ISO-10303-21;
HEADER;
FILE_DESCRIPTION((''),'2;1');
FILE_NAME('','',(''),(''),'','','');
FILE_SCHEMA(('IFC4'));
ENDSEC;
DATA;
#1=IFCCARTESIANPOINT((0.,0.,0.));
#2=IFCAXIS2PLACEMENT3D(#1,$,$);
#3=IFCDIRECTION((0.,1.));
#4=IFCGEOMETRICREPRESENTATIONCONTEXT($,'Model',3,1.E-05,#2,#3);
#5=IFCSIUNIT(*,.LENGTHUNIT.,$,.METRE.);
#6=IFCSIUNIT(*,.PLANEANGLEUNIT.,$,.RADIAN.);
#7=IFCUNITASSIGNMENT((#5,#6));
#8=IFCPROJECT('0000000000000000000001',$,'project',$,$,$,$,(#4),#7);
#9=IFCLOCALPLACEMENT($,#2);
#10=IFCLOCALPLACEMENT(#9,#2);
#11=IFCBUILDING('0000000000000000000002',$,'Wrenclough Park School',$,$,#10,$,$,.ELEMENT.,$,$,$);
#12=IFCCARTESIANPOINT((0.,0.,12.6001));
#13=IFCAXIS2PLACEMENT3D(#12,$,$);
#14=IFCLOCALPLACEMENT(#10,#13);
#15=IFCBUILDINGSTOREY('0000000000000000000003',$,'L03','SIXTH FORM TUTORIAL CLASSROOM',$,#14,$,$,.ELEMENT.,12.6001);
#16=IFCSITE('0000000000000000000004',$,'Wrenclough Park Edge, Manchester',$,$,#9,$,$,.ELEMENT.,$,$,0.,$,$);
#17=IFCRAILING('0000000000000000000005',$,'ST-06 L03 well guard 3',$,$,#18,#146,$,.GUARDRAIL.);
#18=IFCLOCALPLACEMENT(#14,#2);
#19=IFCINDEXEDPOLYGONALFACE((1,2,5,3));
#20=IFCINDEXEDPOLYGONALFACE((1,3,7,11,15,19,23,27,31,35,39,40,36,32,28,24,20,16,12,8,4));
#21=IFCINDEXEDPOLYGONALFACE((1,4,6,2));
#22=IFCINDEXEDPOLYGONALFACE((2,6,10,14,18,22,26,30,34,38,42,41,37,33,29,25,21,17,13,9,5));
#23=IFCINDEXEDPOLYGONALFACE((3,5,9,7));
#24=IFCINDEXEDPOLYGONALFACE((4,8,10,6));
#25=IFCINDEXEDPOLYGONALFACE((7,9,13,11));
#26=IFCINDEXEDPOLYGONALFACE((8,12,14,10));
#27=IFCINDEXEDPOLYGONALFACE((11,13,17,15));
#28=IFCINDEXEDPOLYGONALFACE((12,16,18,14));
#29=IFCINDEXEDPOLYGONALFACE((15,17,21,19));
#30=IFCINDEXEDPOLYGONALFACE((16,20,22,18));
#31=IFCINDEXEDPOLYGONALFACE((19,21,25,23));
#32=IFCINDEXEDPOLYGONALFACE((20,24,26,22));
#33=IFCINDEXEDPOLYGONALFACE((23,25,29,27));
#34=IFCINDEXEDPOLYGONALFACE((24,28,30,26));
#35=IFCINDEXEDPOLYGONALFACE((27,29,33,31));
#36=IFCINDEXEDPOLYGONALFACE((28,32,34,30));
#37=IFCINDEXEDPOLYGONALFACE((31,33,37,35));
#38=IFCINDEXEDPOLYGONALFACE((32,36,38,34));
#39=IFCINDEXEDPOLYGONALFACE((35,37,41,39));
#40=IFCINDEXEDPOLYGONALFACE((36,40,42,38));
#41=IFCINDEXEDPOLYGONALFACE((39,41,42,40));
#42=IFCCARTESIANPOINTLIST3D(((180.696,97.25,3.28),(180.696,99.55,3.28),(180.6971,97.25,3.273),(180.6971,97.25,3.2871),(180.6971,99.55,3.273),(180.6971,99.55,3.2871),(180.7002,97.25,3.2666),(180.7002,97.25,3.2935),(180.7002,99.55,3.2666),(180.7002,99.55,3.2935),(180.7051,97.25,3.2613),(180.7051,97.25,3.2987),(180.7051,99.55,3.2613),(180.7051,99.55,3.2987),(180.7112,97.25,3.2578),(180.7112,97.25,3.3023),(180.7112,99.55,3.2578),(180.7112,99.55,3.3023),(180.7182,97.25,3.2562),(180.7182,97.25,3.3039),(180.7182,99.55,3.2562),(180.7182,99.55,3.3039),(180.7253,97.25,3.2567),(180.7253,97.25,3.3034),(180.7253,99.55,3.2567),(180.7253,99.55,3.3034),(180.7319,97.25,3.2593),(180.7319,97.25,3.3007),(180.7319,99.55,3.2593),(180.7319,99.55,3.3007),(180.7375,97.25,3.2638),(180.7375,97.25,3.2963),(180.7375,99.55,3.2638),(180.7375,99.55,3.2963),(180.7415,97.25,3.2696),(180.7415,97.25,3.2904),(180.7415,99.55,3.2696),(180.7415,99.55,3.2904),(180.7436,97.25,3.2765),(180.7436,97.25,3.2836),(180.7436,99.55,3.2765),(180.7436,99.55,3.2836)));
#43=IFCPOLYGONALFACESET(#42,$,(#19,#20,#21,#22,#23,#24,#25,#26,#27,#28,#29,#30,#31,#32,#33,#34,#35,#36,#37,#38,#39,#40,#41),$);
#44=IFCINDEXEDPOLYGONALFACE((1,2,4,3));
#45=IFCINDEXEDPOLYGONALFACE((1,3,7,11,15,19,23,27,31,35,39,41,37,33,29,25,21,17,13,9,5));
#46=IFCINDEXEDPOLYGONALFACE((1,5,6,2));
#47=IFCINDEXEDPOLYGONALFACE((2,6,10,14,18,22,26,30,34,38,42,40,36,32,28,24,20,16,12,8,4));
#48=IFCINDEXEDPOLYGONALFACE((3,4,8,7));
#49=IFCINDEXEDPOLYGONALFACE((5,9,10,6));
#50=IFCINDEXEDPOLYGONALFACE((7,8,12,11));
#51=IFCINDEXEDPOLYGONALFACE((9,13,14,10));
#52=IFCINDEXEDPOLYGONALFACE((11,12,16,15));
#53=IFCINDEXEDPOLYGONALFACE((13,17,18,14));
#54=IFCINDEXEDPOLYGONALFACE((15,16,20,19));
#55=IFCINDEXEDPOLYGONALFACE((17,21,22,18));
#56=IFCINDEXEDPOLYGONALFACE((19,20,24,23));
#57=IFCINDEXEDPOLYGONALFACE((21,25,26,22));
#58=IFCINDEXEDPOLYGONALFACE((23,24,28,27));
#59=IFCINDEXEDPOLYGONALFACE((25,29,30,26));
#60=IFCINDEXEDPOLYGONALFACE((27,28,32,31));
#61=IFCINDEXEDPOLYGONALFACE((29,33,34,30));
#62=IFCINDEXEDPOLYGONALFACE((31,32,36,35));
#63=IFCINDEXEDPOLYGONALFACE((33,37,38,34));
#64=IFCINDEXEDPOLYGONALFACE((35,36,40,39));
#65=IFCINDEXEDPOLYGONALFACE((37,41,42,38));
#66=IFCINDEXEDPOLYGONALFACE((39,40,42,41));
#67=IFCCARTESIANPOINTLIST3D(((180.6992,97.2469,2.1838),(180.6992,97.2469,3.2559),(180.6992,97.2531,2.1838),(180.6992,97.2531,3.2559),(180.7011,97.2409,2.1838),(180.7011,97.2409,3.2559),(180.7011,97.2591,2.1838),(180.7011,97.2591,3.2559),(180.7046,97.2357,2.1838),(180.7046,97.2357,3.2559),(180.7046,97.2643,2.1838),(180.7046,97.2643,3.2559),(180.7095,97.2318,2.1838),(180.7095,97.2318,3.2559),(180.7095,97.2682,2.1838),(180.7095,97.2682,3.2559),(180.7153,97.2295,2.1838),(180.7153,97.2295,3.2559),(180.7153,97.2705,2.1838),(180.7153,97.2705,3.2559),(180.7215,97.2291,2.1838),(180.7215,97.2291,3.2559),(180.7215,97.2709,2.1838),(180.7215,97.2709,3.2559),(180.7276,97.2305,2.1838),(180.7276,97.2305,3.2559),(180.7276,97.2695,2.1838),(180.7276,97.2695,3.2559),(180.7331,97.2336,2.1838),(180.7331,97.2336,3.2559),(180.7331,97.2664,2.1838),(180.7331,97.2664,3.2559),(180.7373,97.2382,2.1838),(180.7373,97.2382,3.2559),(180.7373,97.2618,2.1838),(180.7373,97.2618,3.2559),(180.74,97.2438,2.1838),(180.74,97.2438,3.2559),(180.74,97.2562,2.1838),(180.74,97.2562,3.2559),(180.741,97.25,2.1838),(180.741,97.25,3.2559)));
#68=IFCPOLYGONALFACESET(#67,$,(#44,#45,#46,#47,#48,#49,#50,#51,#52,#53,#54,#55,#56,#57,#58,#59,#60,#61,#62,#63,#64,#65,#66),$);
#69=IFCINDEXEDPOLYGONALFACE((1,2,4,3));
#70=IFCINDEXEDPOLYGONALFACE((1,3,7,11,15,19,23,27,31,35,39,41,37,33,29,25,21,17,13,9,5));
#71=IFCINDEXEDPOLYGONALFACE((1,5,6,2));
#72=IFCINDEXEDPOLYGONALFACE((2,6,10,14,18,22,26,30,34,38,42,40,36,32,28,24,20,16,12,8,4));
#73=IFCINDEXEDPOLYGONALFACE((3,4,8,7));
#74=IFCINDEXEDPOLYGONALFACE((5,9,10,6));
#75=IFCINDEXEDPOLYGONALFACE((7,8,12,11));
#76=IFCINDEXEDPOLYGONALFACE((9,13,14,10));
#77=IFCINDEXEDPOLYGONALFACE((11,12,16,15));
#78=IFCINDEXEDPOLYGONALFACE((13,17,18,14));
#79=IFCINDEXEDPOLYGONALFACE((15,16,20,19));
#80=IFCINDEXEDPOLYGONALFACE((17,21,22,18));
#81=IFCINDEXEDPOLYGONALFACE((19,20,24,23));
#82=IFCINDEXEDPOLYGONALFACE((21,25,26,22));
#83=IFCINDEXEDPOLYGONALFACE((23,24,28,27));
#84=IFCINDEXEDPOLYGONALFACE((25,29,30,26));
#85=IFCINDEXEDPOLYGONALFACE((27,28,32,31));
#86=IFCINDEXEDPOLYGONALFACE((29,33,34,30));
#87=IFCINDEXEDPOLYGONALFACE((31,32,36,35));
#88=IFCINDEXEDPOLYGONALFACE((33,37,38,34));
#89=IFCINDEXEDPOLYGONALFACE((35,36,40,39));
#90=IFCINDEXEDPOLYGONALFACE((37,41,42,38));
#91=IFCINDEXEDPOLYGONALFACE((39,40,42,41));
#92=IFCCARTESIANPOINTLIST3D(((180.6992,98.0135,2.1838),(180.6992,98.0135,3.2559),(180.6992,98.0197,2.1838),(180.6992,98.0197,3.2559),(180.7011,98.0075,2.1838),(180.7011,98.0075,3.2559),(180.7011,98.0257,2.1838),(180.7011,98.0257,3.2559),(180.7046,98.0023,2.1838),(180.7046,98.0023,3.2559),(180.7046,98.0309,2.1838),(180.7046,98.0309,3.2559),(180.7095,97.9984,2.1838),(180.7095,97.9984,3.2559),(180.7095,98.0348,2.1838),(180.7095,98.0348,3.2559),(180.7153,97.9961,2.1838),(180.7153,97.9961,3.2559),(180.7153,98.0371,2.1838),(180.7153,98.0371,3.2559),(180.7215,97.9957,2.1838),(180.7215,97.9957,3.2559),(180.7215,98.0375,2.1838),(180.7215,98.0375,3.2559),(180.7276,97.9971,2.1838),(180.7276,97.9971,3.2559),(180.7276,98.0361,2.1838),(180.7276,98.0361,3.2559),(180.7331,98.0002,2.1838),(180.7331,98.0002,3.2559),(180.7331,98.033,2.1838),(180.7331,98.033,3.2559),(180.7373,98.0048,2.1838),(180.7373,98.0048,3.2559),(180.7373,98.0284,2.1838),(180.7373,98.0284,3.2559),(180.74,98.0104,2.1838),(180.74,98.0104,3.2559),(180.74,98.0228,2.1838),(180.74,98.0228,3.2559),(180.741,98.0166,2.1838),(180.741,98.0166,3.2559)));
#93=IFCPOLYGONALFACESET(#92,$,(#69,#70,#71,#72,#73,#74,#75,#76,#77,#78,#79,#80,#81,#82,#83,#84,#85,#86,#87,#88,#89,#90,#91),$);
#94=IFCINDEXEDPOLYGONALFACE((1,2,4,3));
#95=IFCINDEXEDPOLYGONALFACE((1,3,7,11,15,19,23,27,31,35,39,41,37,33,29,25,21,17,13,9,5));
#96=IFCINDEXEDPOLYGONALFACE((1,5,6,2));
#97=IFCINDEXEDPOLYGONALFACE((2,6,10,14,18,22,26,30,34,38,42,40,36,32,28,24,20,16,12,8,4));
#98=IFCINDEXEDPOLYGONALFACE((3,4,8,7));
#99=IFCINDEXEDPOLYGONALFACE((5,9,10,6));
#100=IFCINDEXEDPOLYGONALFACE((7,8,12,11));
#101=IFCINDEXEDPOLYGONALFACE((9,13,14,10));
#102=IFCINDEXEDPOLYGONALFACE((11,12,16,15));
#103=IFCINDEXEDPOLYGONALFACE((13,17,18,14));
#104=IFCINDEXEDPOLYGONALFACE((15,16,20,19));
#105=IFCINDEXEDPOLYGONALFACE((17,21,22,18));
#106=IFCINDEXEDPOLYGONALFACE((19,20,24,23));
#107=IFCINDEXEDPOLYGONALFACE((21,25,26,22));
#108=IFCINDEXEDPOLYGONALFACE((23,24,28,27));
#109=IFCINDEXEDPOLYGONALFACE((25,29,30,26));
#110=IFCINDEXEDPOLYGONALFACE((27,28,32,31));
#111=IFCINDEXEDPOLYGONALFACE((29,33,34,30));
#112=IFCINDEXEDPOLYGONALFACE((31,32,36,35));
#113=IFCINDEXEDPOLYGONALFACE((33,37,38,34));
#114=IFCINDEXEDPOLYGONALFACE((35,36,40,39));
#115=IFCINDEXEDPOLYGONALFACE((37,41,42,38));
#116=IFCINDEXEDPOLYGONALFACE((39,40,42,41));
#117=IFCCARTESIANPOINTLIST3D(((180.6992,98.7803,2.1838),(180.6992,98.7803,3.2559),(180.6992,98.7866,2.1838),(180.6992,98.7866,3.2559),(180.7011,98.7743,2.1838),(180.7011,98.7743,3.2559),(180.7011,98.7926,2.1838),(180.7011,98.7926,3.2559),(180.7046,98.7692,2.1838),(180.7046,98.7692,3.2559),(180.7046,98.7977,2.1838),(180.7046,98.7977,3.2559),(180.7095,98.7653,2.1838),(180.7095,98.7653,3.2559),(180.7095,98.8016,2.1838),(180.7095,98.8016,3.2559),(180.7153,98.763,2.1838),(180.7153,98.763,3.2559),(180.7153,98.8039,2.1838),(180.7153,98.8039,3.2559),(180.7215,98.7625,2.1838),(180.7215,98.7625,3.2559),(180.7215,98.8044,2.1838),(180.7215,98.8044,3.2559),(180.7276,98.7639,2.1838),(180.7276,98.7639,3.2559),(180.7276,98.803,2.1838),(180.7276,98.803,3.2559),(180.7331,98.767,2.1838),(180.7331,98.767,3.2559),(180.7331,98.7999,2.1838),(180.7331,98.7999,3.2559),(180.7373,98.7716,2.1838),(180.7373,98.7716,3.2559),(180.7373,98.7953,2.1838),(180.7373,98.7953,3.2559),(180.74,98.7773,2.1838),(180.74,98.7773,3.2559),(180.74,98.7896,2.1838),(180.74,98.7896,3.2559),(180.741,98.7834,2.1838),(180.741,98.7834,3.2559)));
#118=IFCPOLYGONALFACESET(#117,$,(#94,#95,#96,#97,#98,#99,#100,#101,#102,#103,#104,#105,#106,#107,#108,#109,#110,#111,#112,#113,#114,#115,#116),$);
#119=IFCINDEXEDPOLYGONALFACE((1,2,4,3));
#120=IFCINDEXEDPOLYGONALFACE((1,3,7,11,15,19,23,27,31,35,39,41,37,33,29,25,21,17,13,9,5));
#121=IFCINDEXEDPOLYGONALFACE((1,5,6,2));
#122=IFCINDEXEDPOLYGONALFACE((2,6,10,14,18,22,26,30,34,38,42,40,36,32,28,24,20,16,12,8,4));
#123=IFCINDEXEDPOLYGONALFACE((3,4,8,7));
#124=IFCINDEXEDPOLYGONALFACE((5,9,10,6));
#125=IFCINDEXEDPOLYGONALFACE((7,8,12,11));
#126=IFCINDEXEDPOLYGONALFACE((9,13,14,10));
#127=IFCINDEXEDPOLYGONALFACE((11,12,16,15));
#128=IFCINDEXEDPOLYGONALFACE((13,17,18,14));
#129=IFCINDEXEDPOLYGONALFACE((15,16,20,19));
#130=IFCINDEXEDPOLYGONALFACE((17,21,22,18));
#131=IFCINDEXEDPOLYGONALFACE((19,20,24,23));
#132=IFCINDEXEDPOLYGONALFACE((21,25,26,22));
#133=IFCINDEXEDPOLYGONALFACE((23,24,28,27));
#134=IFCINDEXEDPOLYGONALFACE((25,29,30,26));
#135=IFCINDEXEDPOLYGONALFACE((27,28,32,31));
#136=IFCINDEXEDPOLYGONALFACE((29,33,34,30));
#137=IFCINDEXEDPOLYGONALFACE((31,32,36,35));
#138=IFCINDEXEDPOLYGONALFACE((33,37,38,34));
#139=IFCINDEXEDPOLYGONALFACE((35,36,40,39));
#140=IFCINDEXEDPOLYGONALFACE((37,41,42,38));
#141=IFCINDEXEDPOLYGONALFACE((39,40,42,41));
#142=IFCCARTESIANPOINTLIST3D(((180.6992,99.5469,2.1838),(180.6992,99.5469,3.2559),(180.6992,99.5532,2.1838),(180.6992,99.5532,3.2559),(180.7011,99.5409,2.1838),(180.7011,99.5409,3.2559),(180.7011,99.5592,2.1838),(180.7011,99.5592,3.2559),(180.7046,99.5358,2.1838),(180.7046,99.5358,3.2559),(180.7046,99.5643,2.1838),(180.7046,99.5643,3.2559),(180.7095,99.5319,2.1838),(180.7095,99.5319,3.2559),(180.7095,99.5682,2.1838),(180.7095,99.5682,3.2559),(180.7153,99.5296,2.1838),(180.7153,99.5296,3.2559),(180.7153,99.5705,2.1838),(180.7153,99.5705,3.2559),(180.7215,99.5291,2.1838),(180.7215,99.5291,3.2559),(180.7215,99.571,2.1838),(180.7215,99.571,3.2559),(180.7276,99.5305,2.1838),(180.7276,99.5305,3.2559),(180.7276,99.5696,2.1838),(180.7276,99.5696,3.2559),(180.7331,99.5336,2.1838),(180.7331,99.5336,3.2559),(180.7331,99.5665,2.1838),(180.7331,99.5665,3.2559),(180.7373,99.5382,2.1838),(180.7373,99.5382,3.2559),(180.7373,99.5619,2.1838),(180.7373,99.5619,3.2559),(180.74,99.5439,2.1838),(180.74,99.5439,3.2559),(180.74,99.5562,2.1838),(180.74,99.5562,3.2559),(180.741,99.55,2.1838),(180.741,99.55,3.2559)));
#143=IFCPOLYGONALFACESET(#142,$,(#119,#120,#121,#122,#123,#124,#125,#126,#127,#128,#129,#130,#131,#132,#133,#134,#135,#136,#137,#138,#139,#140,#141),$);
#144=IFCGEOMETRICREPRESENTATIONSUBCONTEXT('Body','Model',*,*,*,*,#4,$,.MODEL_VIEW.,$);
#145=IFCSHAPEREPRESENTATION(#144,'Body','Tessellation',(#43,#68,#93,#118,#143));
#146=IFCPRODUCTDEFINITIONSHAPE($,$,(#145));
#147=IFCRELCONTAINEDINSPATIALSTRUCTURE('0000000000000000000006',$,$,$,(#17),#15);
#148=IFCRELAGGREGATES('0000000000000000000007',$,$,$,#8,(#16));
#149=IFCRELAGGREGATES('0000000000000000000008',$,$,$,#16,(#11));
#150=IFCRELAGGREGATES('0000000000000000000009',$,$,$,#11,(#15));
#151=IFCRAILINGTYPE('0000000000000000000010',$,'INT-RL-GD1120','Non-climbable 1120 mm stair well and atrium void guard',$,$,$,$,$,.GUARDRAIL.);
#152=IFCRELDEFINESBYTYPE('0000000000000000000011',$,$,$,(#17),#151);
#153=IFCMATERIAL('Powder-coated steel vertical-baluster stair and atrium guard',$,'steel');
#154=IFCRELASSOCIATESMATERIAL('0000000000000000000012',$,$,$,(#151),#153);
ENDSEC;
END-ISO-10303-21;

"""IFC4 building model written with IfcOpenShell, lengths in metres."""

from ifc_helpers import new_model, si_unit, direction, frame, origin, origin_2d, place, context, subcontext, project, spatial, circle, extrude, material, type_object, element, save


model = new_model("IFC4")

# Units and contexts
model_context = context("Model", 3, precision=1e-05, world=origin(), true_north=direction((0.0, 1.0)))
body_context = subcontext(model_context, "Body", "Model", "MODEL_VIEW")
ifc_project = project(units=[si_unit("LENGTHUNIT", "METRE"), si_unit("PLANEANGLEUNIT", "RADIAN")], contexts=[model_context])

# Site, building, storey
site_placement = place(None, origin())
site = spatial("IfcSite", under=ifc_project, at=site_placement, Name="Wrenclough Park Edge, Manchester", CompositionType="ELEMENT", RefElevation=0.0)
building_placement = place(site_placement, origin())
building = spatial("IfcBuilding", under=site, at=building_placement, Name="Wrenclough Park School", CompositionType="ELEMENT")
storey_placement = place(building_placement, frame((0.0, 0.0, 12.6001)))
storey = spatial("IfcBuildingStorey", under=building, at=storey_placement, Name="L03", Description="SIXTH FORM TUTORIAL CLASSROOM", CompositionType="ELEMENT", Elevation=12.6001)

# Railing
ifc_material_1 = material(Name="Powder-coated steel vertical-baluster stair and atrium guard", Category="steel")
railing_type = type_object("IfcRailingType", Name="INT-RL-GD1120", Description="Non-climbable 1120 mm stair well and atrium void guard", PredefinedType="GUARDRAIL", material=ifc_material_1)
railing_1_placement = place(storey_placement, frame((180.72, 97.25, 2.1838)))
element("IfcRailing", 1, at=railing_1_placement, inside=storey, type_object=railing_type, Name="ST-06 L03 well guard 3", PredefinedType="GUARDRAIL", context=body_context, shape_type="SweptSolid", body=[
    extrude(circle(Radius=0.0239, at=origin_2d()), frame((0.0, 0.0, 1.0962), z_axis=(0.0, 1.0, 0.0), x_axis=(-1.0, 0.0, 0.0)), (0.0, 0.0, 1.0), 2.3),
    extrude(circle(Radius=0.021, at=origin_2d()), origin(), (0.0, 0.0, 1.0), 1.072),
    extrude(circle(Radius=0.021, at=origin_2d()), frame((0.0, 0.7666, 0.0)), (0.0, 0.0, 1.0), 1.072),
    extrude(circle(Radius=0.021, at=origin_2d()), frame((0.0, 1.5334, 0.0)), (0.0, 0.0, 1.0), 1.072),
    extrude(circle(Radius=0.021, at=origin_2d()), frame((0.0, 2.3, 0.0)), (0.0, 0.0, 1.0), 1.072),
])

save(model, "model.ifc")
